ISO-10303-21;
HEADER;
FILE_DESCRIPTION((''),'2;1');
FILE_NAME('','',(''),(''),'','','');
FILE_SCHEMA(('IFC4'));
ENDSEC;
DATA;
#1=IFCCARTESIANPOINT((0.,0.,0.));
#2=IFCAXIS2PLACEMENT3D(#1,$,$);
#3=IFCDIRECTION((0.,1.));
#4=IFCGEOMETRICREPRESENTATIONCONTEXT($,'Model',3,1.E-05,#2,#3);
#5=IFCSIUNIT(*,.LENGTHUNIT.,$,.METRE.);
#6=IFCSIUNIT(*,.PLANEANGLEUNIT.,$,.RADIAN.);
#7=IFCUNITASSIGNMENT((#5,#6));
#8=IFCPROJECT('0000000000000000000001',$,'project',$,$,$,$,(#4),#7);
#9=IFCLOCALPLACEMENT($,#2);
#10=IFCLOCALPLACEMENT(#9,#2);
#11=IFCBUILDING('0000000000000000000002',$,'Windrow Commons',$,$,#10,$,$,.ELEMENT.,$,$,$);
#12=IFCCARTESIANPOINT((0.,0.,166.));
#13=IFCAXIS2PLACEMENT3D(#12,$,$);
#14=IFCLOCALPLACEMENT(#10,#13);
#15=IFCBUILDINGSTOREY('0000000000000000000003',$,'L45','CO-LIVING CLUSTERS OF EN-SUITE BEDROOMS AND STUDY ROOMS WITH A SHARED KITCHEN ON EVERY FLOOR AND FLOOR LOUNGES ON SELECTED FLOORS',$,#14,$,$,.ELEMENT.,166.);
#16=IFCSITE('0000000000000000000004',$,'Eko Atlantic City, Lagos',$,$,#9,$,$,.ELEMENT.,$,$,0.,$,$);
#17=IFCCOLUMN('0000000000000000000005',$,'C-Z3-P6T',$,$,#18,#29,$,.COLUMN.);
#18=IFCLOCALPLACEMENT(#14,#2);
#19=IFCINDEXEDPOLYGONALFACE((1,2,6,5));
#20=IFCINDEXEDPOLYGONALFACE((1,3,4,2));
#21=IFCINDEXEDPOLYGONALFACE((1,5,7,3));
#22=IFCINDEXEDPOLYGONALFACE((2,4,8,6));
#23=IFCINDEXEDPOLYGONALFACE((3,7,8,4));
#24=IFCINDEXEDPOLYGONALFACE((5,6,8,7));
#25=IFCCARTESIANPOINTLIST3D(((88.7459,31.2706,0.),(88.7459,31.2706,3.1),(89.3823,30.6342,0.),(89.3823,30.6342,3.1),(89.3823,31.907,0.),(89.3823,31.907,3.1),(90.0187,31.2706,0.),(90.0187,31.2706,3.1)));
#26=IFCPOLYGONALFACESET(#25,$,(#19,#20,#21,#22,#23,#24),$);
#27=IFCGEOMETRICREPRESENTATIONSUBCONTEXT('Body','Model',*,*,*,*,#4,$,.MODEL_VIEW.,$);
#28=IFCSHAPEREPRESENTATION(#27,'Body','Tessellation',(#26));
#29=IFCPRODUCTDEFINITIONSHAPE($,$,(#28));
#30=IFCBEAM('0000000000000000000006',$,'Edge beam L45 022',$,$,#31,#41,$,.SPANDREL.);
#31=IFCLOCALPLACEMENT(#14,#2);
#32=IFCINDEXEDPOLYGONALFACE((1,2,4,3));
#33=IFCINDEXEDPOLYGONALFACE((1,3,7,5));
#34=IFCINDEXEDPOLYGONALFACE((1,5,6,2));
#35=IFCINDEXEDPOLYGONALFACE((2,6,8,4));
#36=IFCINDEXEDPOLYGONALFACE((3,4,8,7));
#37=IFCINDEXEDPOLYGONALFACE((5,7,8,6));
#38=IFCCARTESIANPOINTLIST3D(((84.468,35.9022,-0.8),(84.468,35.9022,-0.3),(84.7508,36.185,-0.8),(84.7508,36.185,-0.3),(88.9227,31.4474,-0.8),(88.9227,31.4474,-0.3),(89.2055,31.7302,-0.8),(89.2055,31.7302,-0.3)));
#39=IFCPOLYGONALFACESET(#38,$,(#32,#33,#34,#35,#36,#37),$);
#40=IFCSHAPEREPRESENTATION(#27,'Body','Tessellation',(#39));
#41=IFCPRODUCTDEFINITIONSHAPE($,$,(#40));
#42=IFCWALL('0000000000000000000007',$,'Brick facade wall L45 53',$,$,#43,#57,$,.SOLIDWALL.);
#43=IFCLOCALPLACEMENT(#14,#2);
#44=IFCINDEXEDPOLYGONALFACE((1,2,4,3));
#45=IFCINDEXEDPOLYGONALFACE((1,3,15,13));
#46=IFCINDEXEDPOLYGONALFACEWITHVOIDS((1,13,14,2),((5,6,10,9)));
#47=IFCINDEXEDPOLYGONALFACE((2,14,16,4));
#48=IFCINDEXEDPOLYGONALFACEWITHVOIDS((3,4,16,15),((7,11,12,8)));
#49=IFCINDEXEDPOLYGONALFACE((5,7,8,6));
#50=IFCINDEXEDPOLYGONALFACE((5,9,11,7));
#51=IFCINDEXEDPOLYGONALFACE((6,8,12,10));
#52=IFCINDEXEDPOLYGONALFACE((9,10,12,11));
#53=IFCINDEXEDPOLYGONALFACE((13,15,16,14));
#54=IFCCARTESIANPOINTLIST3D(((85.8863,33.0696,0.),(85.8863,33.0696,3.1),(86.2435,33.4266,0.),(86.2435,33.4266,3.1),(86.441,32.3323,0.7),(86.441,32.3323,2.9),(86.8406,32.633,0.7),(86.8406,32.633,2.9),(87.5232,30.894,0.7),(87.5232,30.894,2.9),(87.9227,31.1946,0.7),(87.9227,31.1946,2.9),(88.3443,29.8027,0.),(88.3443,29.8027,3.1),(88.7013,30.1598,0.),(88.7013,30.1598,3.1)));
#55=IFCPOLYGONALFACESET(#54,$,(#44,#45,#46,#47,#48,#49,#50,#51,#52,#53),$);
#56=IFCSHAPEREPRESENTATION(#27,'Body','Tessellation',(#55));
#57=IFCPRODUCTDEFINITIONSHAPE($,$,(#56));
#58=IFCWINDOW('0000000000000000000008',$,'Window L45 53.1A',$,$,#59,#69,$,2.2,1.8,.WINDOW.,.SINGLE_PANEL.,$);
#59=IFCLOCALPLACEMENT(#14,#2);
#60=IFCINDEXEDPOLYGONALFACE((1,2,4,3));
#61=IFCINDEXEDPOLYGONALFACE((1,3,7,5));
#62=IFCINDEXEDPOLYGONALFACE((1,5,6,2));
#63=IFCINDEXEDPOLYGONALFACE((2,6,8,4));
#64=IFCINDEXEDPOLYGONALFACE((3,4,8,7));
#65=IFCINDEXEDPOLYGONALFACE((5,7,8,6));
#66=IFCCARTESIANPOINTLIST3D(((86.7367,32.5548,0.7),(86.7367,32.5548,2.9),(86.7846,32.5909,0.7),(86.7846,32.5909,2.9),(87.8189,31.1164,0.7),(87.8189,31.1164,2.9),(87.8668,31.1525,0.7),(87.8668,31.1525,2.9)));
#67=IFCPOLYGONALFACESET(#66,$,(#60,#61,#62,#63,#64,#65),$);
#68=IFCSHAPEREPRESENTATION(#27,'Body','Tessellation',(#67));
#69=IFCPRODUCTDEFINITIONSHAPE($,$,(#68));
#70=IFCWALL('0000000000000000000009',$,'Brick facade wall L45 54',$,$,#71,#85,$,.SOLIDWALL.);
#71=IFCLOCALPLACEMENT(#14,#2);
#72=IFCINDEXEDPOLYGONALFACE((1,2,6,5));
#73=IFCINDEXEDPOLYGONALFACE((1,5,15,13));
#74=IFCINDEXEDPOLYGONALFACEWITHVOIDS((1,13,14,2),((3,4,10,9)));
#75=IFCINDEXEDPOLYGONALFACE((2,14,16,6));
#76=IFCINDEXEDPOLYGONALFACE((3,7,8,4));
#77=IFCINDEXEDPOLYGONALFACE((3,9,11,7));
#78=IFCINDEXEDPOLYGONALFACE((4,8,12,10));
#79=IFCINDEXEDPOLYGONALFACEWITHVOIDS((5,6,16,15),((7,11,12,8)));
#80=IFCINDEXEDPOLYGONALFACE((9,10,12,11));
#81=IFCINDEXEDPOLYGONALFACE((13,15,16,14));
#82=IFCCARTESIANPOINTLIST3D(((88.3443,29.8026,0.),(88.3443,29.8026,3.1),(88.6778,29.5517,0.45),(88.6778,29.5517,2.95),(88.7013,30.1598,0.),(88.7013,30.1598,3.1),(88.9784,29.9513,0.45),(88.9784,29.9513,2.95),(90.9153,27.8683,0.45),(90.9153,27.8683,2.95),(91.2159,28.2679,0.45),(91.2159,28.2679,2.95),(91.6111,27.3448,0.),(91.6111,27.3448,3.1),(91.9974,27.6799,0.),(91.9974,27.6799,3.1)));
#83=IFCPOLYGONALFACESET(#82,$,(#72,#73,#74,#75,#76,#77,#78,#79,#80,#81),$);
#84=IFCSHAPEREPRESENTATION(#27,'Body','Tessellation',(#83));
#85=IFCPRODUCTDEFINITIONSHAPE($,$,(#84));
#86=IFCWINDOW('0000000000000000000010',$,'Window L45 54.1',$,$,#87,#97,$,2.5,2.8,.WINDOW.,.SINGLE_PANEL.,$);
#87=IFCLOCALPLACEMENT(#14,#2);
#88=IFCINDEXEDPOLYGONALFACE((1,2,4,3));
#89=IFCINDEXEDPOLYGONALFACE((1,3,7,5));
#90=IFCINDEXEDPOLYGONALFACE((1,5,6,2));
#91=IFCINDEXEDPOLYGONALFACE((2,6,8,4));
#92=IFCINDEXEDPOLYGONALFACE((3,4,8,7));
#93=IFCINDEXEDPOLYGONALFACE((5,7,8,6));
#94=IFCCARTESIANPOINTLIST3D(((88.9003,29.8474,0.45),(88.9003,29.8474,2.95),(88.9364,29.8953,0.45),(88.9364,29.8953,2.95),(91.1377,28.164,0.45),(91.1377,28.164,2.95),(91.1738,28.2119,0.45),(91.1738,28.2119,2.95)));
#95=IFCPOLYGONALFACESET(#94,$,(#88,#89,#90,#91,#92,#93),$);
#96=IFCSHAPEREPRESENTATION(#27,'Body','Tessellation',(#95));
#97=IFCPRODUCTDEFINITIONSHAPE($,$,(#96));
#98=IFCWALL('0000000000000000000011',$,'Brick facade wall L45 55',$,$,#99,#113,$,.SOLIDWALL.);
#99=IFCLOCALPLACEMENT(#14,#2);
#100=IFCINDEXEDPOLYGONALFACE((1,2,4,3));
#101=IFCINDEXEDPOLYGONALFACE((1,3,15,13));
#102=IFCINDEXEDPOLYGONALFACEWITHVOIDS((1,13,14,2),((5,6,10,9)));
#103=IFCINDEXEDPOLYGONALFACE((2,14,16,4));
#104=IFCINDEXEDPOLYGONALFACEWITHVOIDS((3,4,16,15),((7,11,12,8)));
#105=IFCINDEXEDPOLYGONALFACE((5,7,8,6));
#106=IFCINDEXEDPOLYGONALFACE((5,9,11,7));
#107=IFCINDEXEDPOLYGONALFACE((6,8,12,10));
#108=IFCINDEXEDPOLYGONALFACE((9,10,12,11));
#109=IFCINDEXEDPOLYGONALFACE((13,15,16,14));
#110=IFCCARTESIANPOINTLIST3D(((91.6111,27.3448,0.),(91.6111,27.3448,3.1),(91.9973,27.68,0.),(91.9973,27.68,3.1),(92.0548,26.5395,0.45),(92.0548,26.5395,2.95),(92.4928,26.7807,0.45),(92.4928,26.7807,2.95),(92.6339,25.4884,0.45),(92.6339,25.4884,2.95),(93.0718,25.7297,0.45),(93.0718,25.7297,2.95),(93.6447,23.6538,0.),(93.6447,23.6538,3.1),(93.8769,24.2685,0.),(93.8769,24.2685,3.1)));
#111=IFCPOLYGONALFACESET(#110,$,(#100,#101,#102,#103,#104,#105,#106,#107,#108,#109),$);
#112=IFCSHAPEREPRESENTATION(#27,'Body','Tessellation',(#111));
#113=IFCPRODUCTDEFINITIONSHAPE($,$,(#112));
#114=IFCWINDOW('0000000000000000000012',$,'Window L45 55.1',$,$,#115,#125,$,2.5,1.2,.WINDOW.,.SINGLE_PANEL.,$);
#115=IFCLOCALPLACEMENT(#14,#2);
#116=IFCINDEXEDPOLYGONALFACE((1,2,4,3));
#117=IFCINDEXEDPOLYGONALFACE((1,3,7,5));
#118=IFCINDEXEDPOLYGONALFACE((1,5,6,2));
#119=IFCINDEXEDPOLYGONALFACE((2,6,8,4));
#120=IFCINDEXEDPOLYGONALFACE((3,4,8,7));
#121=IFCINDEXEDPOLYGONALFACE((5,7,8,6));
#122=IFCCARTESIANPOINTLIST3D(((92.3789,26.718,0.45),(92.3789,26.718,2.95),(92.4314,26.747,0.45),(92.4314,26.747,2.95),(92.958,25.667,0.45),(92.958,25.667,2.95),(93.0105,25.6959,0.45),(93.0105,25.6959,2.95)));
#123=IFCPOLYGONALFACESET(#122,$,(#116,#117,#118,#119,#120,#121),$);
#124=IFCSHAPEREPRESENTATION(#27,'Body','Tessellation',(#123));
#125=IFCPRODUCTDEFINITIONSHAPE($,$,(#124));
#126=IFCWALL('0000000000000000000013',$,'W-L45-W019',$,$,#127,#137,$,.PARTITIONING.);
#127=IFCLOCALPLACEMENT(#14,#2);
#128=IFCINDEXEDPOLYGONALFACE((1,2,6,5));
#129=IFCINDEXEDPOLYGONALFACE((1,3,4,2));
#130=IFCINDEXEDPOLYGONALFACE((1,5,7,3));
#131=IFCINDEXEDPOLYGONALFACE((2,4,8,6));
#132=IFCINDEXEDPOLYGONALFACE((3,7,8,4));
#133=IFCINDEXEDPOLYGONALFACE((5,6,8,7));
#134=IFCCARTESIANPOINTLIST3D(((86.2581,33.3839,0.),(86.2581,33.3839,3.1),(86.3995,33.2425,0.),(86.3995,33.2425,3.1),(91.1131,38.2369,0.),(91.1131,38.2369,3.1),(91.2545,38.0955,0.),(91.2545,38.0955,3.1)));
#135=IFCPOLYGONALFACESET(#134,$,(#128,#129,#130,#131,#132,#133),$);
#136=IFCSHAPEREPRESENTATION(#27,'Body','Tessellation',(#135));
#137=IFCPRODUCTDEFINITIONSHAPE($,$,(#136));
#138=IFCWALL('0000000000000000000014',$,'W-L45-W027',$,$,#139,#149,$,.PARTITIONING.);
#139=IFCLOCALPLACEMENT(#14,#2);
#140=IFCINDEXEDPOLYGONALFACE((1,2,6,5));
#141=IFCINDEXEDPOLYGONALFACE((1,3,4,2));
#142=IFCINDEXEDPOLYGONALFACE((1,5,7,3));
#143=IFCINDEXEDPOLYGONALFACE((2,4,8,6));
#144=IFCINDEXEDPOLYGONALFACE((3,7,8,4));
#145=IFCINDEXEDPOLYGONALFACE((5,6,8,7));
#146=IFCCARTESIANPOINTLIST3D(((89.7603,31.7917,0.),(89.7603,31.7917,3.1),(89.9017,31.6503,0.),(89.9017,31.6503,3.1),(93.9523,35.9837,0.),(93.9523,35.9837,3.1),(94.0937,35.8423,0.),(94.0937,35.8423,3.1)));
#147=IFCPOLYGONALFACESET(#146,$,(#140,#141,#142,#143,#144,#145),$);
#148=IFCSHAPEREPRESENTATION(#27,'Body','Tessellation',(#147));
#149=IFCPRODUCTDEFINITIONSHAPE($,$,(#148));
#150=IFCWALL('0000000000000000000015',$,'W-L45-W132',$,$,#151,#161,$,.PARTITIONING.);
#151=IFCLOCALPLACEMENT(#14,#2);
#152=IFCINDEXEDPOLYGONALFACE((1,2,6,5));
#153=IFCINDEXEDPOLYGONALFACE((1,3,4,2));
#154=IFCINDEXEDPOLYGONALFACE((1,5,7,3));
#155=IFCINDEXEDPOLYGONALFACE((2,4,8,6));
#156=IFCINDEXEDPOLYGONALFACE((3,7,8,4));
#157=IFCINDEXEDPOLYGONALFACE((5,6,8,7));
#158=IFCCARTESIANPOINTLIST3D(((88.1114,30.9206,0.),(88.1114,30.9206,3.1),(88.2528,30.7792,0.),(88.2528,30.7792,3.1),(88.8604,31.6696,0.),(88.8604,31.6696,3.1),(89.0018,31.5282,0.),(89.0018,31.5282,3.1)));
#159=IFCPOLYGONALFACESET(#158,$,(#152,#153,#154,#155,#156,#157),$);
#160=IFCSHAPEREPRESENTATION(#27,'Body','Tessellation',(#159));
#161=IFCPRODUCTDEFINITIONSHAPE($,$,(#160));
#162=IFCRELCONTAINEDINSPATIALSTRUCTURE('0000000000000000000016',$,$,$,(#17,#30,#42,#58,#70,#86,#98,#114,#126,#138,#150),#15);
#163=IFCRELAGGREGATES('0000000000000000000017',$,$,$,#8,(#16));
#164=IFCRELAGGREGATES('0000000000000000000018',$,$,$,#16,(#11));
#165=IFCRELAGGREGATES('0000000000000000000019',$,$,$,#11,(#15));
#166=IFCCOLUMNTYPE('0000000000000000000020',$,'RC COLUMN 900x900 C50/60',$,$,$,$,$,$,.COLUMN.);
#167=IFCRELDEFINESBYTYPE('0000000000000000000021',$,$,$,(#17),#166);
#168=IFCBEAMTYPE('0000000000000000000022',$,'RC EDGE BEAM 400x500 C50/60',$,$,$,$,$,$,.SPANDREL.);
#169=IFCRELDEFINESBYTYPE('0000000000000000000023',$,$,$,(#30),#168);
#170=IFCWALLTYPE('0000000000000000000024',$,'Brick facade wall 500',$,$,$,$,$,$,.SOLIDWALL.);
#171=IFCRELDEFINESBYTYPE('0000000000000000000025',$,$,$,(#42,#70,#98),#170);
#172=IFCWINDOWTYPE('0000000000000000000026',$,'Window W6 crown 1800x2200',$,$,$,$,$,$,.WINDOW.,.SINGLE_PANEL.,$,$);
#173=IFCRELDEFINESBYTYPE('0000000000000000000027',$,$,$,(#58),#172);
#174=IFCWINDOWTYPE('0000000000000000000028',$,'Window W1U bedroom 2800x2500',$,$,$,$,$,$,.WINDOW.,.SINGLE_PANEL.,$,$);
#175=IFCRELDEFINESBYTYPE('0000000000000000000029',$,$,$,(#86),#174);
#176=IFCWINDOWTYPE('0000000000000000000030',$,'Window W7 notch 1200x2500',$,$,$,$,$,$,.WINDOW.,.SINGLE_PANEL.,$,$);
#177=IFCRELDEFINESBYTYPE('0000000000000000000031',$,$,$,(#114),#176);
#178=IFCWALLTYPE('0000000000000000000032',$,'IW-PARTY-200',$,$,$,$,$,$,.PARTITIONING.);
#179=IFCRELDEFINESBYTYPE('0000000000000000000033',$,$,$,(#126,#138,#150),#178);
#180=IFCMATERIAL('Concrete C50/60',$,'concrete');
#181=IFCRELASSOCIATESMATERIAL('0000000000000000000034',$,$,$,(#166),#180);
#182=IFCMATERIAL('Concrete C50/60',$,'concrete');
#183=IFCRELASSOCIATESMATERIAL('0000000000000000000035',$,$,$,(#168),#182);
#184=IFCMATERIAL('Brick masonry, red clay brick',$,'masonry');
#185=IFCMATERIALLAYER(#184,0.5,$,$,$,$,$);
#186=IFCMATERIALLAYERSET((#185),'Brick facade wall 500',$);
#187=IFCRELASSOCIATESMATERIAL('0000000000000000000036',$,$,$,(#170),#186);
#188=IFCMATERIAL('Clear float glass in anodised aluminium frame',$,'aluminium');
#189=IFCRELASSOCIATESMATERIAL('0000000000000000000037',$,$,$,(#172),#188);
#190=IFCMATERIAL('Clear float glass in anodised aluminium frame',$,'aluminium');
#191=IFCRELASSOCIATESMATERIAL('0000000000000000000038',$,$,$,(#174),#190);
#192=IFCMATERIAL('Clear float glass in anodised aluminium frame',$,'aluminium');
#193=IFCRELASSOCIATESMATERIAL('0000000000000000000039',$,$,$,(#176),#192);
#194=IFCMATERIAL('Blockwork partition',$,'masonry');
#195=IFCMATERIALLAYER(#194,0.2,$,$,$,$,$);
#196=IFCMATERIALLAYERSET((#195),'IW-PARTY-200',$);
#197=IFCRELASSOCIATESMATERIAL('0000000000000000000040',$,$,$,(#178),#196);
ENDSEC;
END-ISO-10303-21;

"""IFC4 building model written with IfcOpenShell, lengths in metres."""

from ifc_helpers import new_model, si_unit, direction, frame, frame_2d, origin, origin_2d, place, context, subcontext, project, spatial, polyline, rectangle, outline, extrude, material, layer, layer_set, material_profile, profile_set, type_object, element, fill, save


model = new_model("IFC4")

# Units and contexts
model_context = context("Model", 3, precision=1e-05, world=origin(), true_north=direction((0.0, 1.0)))
body_context = subcontext(model_context, "Body", "Model", "MODEL_VIEW")
ifc_project = project(units=[si_unit("LENGTHUNIT", "METRE"), si_unit("PLANEANGLEUNIT", "RADIAN")], contexts=[model_context])

# Site, building, storey
site_placement = place(None, origin())
site = spatial("IfcSite", under=ifc_project, at=site_placement, Name="Eko Atlantic City, Lagos", CompositionType="ELEMENT", RefElevation=0.0)
building_placement = place(site_placement, origin())
building = spatial("IfcBuilding", under=site, at=building_placement, Name="Windrow Commons", CompositionType="ELEMENT")
storey_placement = place(building_placement, frame((0.0, 0.0, 166.0)))
storey = spatial("IfcBuildingStorey", under=building, at=storey_placement, Name="L45", Description="CO-LIVING CLUSTERS OF EN-SUITE BEDROOMS AND STUDY ROOMS WITH A SHARED KITCHEN ON EVERY FLOOR AND FLOOR LOUNGES ON SELECTED FLOORS", CompositionType="ELEMENT", Elevation=166.0)

# Column
ifc_material_1 = material(Name="Concrete C50/60", Category="concrete")
ifc_material_profile_1 = material_profile(ifc_material_1, rectangle(XDim=0.9, YDim=0.9, at=origin_2d()))
ifc_profile_set_1 = profile_set([ifc_material_profile_1], Name="Concrete C50/60")
column_type = type_object("IfcColumnType", Name="RC COLUMN 900x900 C50/60", PredefinedType="COLUMN", material=ifc_profile_set_1)
column_placement = place(storey_placement, frame((89.3823, 31.2706, 0.0), z_axis=(0.0, 0.0, 1.0), x_axis=(0.707107, -0.707107, 0.0)))
element("IfcColumn", 1, at=column_placement, inside=storey, type_object=column_type, Name="C-Z3-P6T", PredefinedType="COLUMN", context=body_context, shape_type="SweptSolid", body=[
    extrude(rectangle(XDim=0.9, YDim=0.9, at=origin_2d()), origin(), (0.0, 0.0, 1.0), 3.1),
])

# Beam
ifc_material_2 = material(Name="Concrete C50/60", Category="concrete")
ifc_material_profile_2 = material_profile(ifc_material_2, rectangle(XDim=0.4, YDim=0.5, at=origin_2d()))
ifc_profile_set_2 = profile_set([ifc_material_profile_2], Name="Concrete C50/60")
beam_type = type_object("IfcBeamType", Name="RC EDGE BEAM 400x500 C50/60", PredefinedType="SPANDREL", material=ifc_profile_set_2)
beam_placement = place(storey_placement, frame((89.0641, 31.5888, -0.55), z_axis=(-0.707099, 0.707115, 0.0), x_axis=(-0.707115, -0.707099, 0.0)))
element("IfcBeam", 2, at=beam_placement, inside=storey, type_object=beam_type, Name="Edge beam L45 022", PredefinedType="SPANDREL", context=body_context, shape_type="SweptSolid", body=[
    extrude(rectangle(XDim=0.4, YDim=0.5, at=origin_2d()), origin(), (0.0, 0.0, 1.0), 6.3),
])

# Walls, openings, windows
ifc_material_3 = material(Name="Brick masonry, red clay brick", Category="masonry")
ifc_layer_1 = layer(ifc_material_3, 0.5)
ifc_layer_set_1 = layer_set([ifc_layer_1], Name="Brick facade wall 500")
wall_type_1 = type_object("IfcWallType", Name="Brick facade wall 500", PredefinedType="SOLIDWALL", material=ifc_layer_set_1)
wall_1_placement = place(storey_placement, frame((86.0649, 33.2481, 0.0), z_axis=(0.0, 0.0, 1.0), x_axis=(0.601209, -0.799092, 0.0)))
wall_1 = element("IfcWall", 3, at=wall_1_placement, inside=storey, type_object=wall_type_1, Name="Brick facade wall L45 53", PredefinedType="SOLIDWALL", context=body_context, shape_type="SweptSolid", body=[
    extrude(outline(polyline([(0.0353, -0.25), (4.1236, -0.25), (4.0529, 0.25), (-0.0353, 0.25), (0.0353, -0.25)])), origin(), (0.0, 0.0, 1.0), 3.1),
])
opening_1_placement = place(wall_1_placement, frame((0.9579, 0.0, 0.7)))
opening_1 = element("IfcOpeningElement", 4, at=opening_1_placement, cuts=wall_1, PredefinedType="OPENING", context=body_context, shape_type="SweptSolid", body=[
    extrude(rectangle(XDim=1.8, YDim=2.2, at=frame_2d((0.9, 1.1))), frame((0.0, 0.26, 0.0), z_axis=(0.0, -1.0, 0.0), x_axis=(1.0, 0.0, 0.0)), (0.0, 0.0, 1.0), 0.52),
])
ifc_material_4 = material(Name="Clear float glass in anodised aluminium frame", Category="aluminium")
window_type_1 = type_object("IfcWindowType", Name="Window W6 crown 1800x2200", PartitioningType="SINGLE_PANEL", PredefinedType="WINDOW", material=ifc_material_4)
window_1_placement = place(opening_1_placement, origin())
window_1 = element("IfcWindow", 5, at=window_1_placement, inside=storey, type_object=window_type_1, Name="Window L45 53.1A", OverallHeight=2.2, OverallWidth=1.8, PartitioningType="SINGLE_PANEL", PredefinedType="WINDOW", context=body_context, shape_type="SweptSolid", body=[
    extrude(rectangle(XDim=1.8, YDim=2.2, at=frame_2d((0.9, 1.1))), frame((0.0, 0.18, 0.0), z_axis=(0.0, -1.0, 0.0), x_axis=(1.0, 0.0, 0.0)), (0.0, 0.0, 1.0), 0.06),
])
fill(opening_1, window_1)
wall_2_placement = place(storey_placement, frame((88.5228, 29.9812, 0.0), z_axis=(0.0, 0.0, 1.0), x_axis=(0.799093, -0.601207, 0.0)))
wall_2 = element("IfcWall", 6, at=wall_2_placement, inside=storey, type_object=wall_type_1, Name="Brick facade wall L45 54", PredefinedType="SOLIDWALL", context=body_context, shape_type="SweptSolid", body=[
    extrude(outline(polyline([(-0.0353, -0.25), (4.0529, -0.25), (4.1601, 0.25), (0.0353, 0.25), (-0.0353, -0.25)])), origin(), (0.0, 0.0, 1.0), 3.1),
])
opening_2_placement = place(wall_2_placement, frame((0.3821, 0.0, 0.45)))
opening_2 = element("IfcOpeningElement", 7, at=opening_2_placement, cuts=wall_2, PredefinedType="OPENING", context=body_context, shape_type="SweptSolid", body=[
    extrude(rectangle(XDim=2.8, YDim=2.5, at=frame_2d((1.4, 1.25))), frame((0.0, 0.26, 0.0), z_axis=(0.0, -1.0, 0.0), x_axis=(1.0, 0.0, 0.0)), (0.0, 0.0, 1.0), 0.52),
])
ifc_material_5 = material(Name="Clear float glass in anodised aluminium frame", Category="aluminium")
window_type_2 = type_object("IfcWindowType", Name="Window W1U bedroom 2800x2500", PartitioningType="SINGLE_PANEL", PredefinedType="WINDOW", material=ifc_material_5)
window_2_placement = place(opening_2_placement, origin())
window_2 = element("IfcWindow", 8, at=window_2_placement, inside=storey, type_object=window_type_2, Name="Window L45 54.1", OverallHeight=2.5, OverallWidth=2.8, PartitioningType="SINGLE_PANEL", PredefinedType="WINDOW", context=body_context, shape_type="SweptSolid", body=[
    extrude(rectangle(XDim=2.8, YDim=2.5, at=frame_2d((1.4, 1.25))), frame((0.0, 0.18, 0.0), z_axis=(0.0, -1.0, 0.0), x_axis=(1.0, 0.0, 0.0)), (0.0, 0.0, 1.0), 0.06),
])
fill(opening_2, window_2)
wall_3_placement = place(storey_placement, frame((91.8042, 27.5124, 0.0), z_axis=(0.0, 0.0, 1.0), x_axis=(0.482568, -0.875858, 0.0)))
wall_3 = element("IfcWall", 9, at=wall_3_placement, inside=storey, type_object=wall_type_1, Name="Brick facade wall L45 55", PredefinedType="SOLIDWALL", context=body_context, shape_type="SweptSolid", body=[
    extrude(outline(polyline([(0.0536, -0.25), (4.2678, -0.25), (3.8414, 0.25), (-0.0536, 0.25), (0.0536, -0.25)])), origin(), (0.0, 0.0, 1.0), 3.1),
])
opening_3_placement = place(wall_3_placement, frame((0.9731, 0.0, 0.45)))
opening_3 = element("IfcOpeningElement", 10, at=opening_3_placement, cuts=wall_3, PredefinedType="OPENING", context=body_context, shape_type="SweptSolid", body=[
    extrude(rectangle(XDim=1.2, YDim=2.5, at=frame_2d((0.6, 1.25))), frame((0.0, 0.26, 0.0), z_axis=(0.0, -1.0, 0.0), x_axis=(1.0, 0.0, 0.0)), (0.0, 0.0, 1.0), 0.52),
])
ifc_material_6 = material(Name="Clear float glass in anodised aluminium frame", Category="aluminium")
window_type_3 = type_object("IfcWindowType", Name="Window W7 notch 1200x2500", PartitioningType="SINGLE_PANEL", PredefinedType="WINDOW", material=ifc_material_6)
window_3_placement = place(opening_3_placement, origin())
window_3 = element("IfcWindow", 11, at=window_3_placement, inside=storey, type_object=window_type_3, Name="Window L45 55.1", OverallHeight=2.5, OverallWidth=1.2, PartitioningType="SINGLE_PANEL", PredefinedType="WINDOW", context=body_context, shape_type="SweptSolid", body=[
    extrude(rectangle(XDim=1.2, YDim=2.5, at=frame_2d((0.6, 1.25))), frame((0.0, 0.18, 0.0), z_axis=(0.0, -1.0, 0.0), x_axis=(1.0, 0.0, 0.0)), (0.0, 0.0, 1.0), 0.06),
])
fill(opening_3, window_3)

# Walls
ifc_material_7 = material(Name="Blockwork partition", Category="masonry")
ifc_layer_2 = layer(ifc_material_7, 0.2)
ifc_layer_set_2 = layer_set([ifc_layer_2], Name="IW-PARTY-200")
wall_type_2 = type_object("IfcWallType", Name="IW-PARTY-200", PredefinedType="PARTITIONING", material=ifc_layer_set_2)
wall_4_placement = place(storey_placement, frame((86.3288, 33.3132, 0.0), z_axis=(0.0, 0.0, 1.0), x_axis=(0.707252, 0.706961, 0.0)))
element("IfcWall", 12, at=wall_4_placement, inside=storey, type_object=wall_type_2, Name="W-L45-W019", PredefinedType="PARTITIONING", context=body_context, shape_type="SweptSolid", body=[
    extrude(rectangle(XDim=6.8646, YDim=0.2, at=frame_2d((3.4323, 0.0))), origin(), (0.0, 0.0, 1.0), 3.1),
])
wall_5_placement = place(storey_placement, frame((89.831, 31.721, 0.0), z_axis=(0.0, 0.0, 1.0), x_axis=(0.707107, 0.707107, 0.0)))
element("IfcWall", 13, at=wall_5_placement, inside=storey, type_object=wall_type_2, Name="W-L45-W027", PredefinedType="PARTITIONING", context=body_context, shape_type="SweptSolid", body=[
    extrude(rectangle(XDim=5.9284, YDim=0.2, at=frame_2d((2.9642, 0.0))), origin(), (0.0, 0.0, 1.0), 3.1),
])
wall_6_placement = place(storey_placement, frame((88.1821, 30.8499, 0.0), z_axis=(0.0, 0.0, 1.0), x_axis=(0.707107, 0.707107, 0.0)))
element("IfcWall", 14, at=wall_6_placement, inside=storey, type_object=wall_type_2, Name="W-L45-W132", PredefinedType="PARTITIONING", context=body_context, shape_type="SweptSolid", body=[
    extrude(rectangle(XDim=1.0592, YDim=0.2, at=frame_2d((0.5296, 0.0))), origin(), (0.0, 0.0, 1.0), 3.1),
])

save(model, "model.ifc")
